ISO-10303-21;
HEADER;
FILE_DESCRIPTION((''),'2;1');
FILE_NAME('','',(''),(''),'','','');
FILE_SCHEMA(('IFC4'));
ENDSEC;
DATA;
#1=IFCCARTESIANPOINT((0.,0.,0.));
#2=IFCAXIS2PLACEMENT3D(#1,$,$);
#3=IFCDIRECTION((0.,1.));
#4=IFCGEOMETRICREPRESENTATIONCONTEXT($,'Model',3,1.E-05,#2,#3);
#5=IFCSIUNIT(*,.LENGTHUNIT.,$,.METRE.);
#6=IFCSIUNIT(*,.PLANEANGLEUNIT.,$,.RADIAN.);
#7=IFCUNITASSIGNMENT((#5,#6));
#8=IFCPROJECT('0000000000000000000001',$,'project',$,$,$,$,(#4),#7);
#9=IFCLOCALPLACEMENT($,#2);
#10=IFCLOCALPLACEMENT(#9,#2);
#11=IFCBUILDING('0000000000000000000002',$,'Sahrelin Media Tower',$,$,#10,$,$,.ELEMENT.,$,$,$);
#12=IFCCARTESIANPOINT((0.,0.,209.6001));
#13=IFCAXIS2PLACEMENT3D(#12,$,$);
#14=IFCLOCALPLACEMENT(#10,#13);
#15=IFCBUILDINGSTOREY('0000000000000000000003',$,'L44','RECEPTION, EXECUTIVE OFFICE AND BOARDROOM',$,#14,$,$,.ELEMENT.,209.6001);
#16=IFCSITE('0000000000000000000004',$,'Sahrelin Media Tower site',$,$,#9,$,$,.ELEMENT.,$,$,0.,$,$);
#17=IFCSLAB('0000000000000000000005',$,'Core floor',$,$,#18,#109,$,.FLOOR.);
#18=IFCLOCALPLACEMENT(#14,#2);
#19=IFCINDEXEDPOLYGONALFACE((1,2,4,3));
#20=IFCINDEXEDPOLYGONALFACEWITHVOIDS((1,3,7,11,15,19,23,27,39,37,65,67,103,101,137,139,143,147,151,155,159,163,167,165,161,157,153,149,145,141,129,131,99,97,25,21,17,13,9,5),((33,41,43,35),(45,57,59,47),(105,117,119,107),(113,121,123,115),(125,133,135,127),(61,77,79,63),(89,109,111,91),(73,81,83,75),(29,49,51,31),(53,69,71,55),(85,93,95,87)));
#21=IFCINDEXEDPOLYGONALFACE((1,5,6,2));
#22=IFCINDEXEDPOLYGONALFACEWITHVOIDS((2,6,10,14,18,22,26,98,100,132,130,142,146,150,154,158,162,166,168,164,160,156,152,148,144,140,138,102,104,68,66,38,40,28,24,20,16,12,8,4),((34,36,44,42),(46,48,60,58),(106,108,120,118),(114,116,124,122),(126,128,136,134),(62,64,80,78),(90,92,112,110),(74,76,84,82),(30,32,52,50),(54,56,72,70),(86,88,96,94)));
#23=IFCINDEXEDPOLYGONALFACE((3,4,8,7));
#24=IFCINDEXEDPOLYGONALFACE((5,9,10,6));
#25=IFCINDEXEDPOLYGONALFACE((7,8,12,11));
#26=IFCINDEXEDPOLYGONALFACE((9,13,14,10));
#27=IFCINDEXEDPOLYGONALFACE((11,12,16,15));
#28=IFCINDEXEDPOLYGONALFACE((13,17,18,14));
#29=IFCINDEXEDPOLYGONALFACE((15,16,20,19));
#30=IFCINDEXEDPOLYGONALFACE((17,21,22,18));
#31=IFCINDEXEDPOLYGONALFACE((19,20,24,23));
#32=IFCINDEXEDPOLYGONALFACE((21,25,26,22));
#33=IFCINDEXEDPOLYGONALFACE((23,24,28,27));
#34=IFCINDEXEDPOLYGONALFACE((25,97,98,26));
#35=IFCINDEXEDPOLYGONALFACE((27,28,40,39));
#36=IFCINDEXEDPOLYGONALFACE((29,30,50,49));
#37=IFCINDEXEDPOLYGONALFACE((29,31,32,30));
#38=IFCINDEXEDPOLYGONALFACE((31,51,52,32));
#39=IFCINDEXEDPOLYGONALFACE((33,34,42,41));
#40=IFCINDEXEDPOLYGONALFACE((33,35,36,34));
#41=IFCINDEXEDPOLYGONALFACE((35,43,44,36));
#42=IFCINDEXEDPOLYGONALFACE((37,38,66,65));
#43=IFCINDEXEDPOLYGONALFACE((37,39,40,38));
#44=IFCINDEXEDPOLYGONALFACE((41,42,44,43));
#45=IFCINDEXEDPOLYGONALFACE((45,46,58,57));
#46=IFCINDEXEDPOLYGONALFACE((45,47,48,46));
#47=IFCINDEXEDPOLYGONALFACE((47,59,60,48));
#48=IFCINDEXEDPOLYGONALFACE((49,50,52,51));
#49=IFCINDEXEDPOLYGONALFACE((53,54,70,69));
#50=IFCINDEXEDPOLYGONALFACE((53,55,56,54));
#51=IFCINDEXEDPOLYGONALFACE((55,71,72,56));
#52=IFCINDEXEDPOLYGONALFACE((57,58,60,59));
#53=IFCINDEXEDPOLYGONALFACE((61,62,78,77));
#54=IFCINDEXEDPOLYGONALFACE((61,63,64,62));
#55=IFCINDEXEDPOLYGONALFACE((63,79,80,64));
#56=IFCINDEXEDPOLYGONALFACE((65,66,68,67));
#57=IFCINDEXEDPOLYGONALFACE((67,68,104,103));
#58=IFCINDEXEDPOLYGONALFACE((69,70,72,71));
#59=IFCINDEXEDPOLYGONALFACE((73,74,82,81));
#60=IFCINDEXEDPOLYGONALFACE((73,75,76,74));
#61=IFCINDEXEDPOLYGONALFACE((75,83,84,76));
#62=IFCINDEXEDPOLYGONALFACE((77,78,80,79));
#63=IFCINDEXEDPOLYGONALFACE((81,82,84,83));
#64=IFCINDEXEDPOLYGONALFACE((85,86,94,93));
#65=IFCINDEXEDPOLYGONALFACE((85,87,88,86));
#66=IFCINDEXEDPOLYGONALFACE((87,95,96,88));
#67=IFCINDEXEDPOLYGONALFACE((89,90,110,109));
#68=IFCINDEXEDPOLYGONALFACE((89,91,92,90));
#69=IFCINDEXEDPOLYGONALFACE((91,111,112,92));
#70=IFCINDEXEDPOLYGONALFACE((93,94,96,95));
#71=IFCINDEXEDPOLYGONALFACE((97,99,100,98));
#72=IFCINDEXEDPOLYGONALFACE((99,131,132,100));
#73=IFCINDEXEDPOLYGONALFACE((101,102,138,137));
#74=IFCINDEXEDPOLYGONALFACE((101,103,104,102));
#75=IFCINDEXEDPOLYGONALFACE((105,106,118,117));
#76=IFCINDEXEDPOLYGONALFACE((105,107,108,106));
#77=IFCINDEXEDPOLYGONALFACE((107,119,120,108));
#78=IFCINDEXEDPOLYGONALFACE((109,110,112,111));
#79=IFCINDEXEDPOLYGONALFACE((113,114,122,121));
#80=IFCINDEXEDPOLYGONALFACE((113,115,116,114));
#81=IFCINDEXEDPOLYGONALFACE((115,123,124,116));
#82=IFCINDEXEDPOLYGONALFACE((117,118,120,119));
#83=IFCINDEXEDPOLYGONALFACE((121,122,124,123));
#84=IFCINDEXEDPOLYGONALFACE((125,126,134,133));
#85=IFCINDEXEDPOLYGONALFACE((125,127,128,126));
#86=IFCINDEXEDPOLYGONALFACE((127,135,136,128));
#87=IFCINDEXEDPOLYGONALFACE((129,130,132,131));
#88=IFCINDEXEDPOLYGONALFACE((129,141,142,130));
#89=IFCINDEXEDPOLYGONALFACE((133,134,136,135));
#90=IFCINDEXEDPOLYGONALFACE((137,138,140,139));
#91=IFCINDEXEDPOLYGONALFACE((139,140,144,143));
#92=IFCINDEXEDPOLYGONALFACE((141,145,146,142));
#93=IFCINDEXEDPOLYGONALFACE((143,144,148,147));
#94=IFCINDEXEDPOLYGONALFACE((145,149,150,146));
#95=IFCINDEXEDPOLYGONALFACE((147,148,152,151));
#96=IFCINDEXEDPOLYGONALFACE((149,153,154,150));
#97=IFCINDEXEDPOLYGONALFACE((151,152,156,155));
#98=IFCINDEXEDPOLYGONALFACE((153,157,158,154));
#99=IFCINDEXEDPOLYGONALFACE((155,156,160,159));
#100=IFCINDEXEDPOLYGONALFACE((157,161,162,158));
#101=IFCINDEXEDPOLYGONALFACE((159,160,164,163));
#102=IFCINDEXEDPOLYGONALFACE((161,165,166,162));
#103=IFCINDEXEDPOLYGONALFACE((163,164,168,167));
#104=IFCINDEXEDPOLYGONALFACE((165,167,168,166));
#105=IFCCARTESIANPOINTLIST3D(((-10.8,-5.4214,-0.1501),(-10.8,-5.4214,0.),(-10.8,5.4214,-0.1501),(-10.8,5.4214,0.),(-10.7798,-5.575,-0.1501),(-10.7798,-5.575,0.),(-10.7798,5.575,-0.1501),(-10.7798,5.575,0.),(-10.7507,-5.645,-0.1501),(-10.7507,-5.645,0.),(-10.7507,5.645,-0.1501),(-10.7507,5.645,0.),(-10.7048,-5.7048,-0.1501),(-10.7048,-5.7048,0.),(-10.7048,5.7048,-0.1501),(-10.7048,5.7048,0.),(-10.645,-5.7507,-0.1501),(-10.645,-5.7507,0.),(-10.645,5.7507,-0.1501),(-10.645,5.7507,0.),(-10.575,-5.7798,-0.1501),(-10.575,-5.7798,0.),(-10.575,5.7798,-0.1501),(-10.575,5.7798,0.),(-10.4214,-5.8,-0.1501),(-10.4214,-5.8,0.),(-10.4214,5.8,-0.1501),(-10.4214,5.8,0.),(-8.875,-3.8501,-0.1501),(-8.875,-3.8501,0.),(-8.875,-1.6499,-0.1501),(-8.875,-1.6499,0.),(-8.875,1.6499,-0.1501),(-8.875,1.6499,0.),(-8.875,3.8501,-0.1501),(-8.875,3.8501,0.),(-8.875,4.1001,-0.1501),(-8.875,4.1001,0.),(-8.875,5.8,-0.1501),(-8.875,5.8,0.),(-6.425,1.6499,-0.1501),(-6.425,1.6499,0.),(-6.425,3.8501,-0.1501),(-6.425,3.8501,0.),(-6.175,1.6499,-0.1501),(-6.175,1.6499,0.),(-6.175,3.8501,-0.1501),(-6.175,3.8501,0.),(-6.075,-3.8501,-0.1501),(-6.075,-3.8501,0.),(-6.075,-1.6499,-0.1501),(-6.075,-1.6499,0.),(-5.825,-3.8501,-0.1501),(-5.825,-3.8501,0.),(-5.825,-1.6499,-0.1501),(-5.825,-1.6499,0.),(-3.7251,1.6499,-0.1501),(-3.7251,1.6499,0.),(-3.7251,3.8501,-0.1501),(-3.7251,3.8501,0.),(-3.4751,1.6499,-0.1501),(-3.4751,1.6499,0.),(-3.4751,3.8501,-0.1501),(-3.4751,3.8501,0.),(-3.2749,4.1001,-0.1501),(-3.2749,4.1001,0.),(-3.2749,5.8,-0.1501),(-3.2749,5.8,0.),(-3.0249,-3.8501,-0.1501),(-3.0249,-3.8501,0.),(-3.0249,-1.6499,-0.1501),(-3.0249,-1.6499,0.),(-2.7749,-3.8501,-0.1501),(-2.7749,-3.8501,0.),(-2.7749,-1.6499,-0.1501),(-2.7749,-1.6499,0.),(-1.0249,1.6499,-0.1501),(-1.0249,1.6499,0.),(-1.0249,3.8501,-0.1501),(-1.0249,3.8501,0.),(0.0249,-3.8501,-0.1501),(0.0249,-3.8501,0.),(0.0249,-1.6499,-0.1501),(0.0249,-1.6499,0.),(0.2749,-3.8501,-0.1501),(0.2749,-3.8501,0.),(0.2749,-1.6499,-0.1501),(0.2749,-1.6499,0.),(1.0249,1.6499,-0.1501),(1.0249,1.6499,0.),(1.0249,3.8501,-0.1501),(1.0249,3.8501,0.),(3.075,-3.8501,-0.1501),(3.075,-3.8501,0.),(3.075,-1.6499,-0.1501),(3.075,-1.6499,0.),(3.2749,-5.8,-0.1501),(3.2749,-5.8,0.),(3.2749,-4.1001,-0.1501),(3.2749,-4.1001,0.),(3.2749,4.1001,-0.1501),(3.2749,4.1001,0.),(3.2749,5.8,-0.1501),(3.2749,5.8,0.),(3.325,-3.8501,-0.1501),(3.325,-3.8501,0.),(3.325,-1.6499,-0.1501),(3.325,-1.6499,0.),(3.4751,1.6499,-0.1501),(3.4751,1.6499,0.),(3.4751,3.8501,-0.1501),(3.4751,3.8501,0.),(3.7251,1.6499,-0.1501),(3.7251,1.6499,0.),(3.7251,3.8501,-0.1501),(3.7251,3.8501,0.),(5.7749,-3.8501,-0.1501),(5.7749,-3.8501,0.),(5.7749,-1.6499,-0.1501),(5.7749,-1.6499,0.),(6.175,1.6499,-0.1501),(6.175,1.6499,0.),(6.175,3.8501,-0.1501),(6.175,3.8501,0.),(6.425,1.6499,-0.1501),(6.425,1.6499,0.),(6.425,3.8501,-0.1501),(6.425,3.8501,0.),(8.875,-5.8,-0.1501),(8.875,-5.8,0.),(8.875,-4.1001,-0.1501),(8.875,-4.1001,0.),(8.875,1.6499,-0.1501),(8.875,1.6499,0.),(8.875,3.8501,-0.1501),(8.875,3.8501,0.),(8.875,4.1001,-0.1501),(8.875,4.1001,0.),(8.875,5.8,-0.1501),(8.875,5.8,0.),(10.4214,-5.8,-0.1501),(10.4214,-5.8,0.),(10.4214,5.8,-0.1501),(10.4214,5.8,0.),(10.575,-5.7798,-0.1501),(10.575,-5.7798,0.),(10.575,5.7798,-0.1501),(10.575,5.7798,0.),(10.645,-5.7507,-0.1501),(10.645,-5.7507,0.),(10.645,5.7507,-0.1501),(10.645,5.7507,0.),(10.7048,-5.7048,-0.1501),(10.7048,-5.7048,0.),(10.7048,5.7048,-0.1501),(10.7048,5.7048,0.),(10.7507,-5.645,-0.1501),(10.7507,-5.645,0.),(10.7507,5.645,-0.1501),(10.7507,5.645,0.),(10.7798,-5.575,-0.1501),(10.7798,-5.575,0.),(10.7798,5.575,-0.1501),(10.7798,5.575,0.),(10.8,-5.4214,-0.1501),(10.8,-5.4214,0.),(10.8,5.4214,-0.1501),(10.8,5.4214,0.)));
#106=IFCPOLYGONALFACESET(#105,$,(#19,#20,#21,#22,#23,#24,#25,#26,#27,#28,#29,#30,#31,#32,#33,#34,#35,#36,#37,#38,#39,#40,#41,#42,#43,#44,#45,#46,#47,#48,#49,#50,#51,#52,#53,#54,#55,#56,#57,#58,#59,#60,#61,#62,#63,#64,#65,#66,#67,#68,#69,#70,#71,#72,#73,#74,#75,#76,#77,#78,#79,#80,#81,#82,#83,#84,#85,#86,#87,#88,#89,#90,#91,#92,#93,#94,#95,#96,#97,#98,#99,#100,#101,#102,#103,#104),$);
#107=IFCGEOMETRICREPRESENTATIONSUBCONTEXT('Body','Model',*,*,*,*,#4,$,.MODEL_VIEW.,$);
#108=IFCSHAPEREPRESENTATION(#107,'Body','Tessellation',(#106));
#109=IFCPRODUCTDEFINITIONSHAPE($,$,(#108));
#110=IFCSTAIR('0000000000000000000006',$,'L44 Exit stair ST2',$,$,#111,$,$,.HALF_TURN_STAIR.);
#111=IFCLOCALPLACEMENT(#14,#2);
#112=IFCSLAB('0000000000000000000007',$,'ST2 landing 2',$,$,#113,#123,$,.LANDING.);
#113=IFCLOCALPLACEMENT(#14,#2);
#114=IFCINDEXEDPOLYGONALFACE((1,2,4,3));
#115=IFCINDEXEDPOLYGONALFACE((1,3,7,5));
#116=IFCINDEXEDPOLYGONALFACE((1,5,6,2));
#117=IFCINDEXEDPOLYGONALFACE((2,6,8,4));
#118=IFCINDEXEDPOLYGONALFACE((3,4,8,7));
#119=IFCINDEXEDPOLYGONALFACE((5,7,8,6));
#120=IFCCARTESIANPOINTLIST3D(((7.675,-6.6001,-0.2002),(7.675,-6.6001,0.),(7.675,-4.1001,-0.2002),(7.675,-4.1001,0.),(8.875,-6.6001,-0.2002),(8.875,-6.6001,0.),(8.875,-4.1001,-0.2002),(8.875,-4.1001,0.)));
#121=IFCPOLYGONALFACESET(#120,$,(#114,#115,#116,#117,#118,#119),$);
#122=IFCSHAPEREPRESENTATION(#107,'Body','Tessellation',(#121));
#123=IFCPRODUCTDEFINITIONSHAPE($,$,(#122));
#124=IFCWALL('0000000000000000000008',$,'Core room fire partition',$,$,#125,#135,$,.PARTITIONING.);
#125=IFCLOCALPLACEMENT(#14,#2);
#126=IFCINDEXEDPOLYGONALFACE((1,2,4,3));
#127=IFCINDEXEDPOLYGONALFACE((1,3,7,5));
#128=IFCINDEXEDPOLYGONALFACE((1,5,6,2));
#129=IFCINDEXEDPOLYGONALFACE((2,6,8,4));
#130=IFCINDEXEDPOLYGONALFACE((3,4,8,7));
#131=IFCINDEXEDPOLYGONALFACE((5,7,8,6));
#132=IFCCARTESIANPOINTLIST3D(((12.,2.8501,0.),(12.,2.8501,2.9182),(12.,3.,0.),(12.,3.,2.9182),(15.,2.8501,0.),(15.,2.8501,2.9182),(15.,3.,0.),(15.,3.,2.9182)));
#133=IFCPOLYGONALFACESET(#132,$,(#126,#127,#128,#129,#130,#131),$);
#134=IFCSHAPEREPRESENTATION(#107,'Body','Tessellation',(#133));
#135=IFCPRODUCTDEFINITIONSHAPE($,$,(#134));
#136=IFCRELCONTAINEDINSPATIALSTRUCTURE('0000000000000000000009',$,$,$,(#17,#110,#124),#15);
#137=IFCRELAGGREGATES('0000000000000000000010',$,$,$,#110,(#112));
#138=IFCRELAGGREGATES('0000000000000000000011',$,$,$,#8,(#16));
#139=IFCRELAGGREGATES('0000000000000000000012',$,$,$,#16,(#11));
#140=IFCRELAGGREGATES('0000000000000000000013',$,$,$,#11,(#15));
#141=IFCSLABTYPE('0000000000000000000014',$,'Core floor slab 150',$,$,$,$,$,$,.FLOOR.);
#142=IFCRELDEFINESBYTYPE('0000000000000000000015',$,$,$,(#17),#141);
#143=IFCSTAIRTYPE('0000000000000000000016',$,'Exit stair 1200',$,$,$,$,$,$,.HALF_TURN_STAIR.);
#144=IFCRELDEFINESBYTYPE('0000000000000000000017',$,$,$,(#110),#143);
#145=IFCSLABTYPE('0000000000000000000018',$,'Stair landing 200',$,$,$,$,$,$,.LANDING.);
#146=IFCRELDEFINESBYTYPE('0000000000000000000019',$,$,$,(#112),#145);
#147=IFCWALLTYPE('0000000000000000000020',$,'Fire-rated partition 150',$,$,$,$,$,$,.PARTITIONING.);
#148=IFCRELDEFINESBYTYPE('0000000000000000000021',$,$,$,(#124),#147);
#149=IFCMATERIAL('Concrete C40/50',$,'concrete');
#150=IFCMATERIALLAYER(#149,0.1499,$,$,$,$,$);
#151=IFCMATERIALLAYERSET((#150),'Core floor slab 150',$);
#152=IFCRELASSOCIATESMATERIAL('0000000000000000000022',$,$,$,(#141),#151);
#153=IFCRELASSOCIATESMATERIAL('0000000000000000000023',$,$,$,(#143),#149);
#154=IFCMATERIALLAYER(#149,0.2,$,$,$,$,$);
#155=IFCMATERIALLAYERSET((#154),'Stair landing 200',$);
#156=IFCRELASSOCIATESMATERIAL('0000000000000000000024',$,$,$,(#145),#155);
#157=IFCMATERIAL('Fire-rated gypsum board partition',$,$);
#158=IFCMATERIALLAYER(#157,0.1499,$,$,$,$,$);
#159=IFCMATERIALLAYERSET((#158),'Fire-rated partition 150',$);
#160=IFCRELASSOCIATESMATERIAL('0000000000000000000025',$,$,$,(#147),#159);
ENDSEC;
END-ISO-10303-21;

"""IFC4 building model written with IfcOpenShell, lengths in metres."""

from ifc_helpers import new_model, si_unit, direction, frame, frame_2d, origin, place, context, subcontext, project, spatial, polyline, rectangle, outline, extrude, material, layer, layer_set, type_object, element, aggregate, save


model = new_model("IFC4")

# Units and contexts
model_context = context("Model", 3, precision=1e-05, world=origin(), true_north=direction((0.0, 1.0)))
body_context = subcontext(model_context, "Body", "Model", "MODEL_VIEW")
ifc_project = project(units=[si_unit("LENGTHUNIT", "METRE"), si_unit("PLANEANGLEUNIT", "RADIAN")], contexts=[model_context])

# Site, building, storey
site_placement = place(None, origin())
site = spatial("IfcSite", under=ifc_project, at=site_placement, Name="Sahrelin Media Tower site", CompositionType="ELEMENT", RefElevation=0.0)
building_placement = place(site_placement, origin())
building = spatial("IfcBuilding", under=site, at=building_placement, Name="Sahrelin Media Tower", CompositionType="ELEMENT")
storey_placement = place(building_placement, frame((0.0, 0.0, 209.6001)))
storey = spatial("IfcBuildingStorey", under=building, at=storey_placement, Name="L44", Description="RECEPTION, EXECUTIVE OFFICE AND BOARDROOM", CompositionType="ELEMENT", Elevation=209.6001)

# Slab
ifc_material_1 = material(Name="Concrete C40/50", Category="concrete")
ifc_layer_1 = layer(ifc_material_1, 0.1499)
ifc_layer_set_1 = layer_set([ifc_layer_1], Name="Core floor slab 150")
slab_type_1 = type_object("IfcSlabType", Name="Core floor slab 150", PredefinedType="FLOOR", material=ifc_layer_set_1)
slab_1_placement = place(storey_placement, frame((0.0, 0.0, -0.1501)))
element("IfcSlab", 1, at=slab_1_placement, inside=storey, type_object=slab_type_1, Name="Core floor", PredefinedType="FLOOR", context=body_context, shape_type="SweptSolid", body=[
    extrude(outline(polyline([(-10.8, -5.4214), (-10.7798, -5.575), (-10.7507, -5.645), (-10.7048, -5.7048), (-10.645, -5.7507), (-10.575, -5.7798), (-10.4214, -5.8), (3.2749, -5.8), (3.2749, -4.1001), (8.875, -4.1001), (8.875, -5.8), (10.4214, -5.8), (10.575, -5.7798), (10.645, -5.7507), (10.7048, -5.7048), (10.7507, -5.645), (10.7798, -5.575), (10.8, -5.4214), (10.8, 5.4214), (10.7798, 5.575), (10.7507, 5.645), (10.7048, 5.7048), (10.645, 5.7507), (10.575, 5.7798), (10.4214, 5.8), (8.875, 5.8), (8.875, 4.1001), (3.2749, 4.1001), (3.2749, 5.8), (-3.2749, 5.8), (-3.2749, 4.1001), (-8.875, 4.1001), (-8.875, 5.8), (-10.4214, 5.8), (-10.575, 5.7798), (-10.645, 5.7507), (-10.7048, 5.7048), (-10.7507, 5.645), (-10.7798, 5.575), (-10.8, 5.4214), (-10.8, -5.4214)]), holes=[polyline([(-8.875, 3.8501), (-8.875, 1.6499), (-6.425, 1.6499), (-6.425, 3.8501), (-8.875, 3.8501)]), polyline([(-3.7251, 3.8501), (-6.175, 3.8501), (-6.175, 1.6499), (-3.7251, 1.6499), (-3.7251, 3.8501)]), polyline([(-1.0249, 1.6499), (-1.0249, 3.8501), (-3.4751, 3.8501), (-3.4751, 1.6499), (-1.0249, 1.6499)]), polyline([(1.0249, 1.6499), (3.4751, 1.6499), (3.4751, 3.8501), (1.0249, 3.8501), (1.0249, 1.6499)]), polyline([(3.7251, 3.8501), (3.7251, 1.6499), (6.175, 1.6499), (6.175, 3.8501), (3.7251, 3.8501)]), polyline([(8.875, 3.8501), (6.425, 3.8501), (6.425, 1.6499), (8.875, 1.6499), (8.875, 3.8501)]), polyline([(-6.075, -3.8501), (-6.075, -1.6499), (-8.875, -1.6499), (-8.875, -3.8501), (-6.075, -3.8501)]), polyline([(-5.825, -3.8501), (-3.0249, -3.8501), (-3.0249, -1.6499), (-5.825, -1.6499), (-5.825, -3.8501)]), polyline([(-2.7749, -1.6499), (-2.7749, -3.8501), (0.0249, -3.8501), (0.0249, -1.6499), (-2.7749, -1.6499)]), polyline([(3.075, -1.6499), (0.2749, -1.6499), (0.2749, -3.8501), (3.075, -3.8501), (3.075, -1.6499)]), polyline([(5.7749, -3.8501), (5.7749, -1.6499), (3.325, -1.6499), (3.325, -3.8501), (5.7749, -3.8501)])]), origin(), (0.0, 0.0, 1.0), 0.1501),
])

# Stair, slab
stair_type = type_object("IfcStairType", Name="Exit stair 1200", PredefinedType="HALF_TURN_STAIR", material=ifc_material_1)
stair_placement = place(storey_placement, origin())
stair = element("IfcStair", 2, at=stair_placement, inside=storey, type_object=stair_type, Name="L44 Exit stair ST2", PredefinedType="HALF_TURN_STAIR")
ifc_layer_2 = layer(ifc_material_1, 0.2)
ifc_layer_set_2 = layer_set([ifc_layer_2], Name="Stair landing 200")
slab_type_2 = type_object("IfcSlabType", Name="Stair landing 200", PredefinedType="LANDING", material=ifc_layer_set_2)
slab_2_placement = place(storey_placement, frame((0.0, 0.0, -0.2002)))
slab_2 = element("IfcSlab", 3, at=slab_2_placement, type_object=slab_type_2, Name="ST2 landing 2", PredefinedType="LANDING", context=body_context, shape_type="SweptSolid", body=[
    extrude(outline(polyline([(8.875, -4.1001), (7.675, -4.1001), (7.675, -6.6001), (8.875, -6.6001), (8.875, -4.1001)])), origin(), (0.0, 0.0, 1.0), 0.2002),
])
aggregate(stair, [slab_2])

# Wall
ifc_material_2 = material(Name="Fire-rated gypsum board partition")
ifc_layer_3 = layer(ifc_material_2, 0.1499)
ifc_layer_set_3 = layer_set([ifc_layer_3], Name="Fire-rated partition 150")
wall_type_1 = type_object("IfcWallType", Name="Fire-rated partition 150", PredefinedType="PARTITIONING", material=ifc_layer_set_3)
wall_1_placement = place(storey_placement, frame((12.0, 2.925, 0.0), z_axis=(0.0, 0.0, 1.0), x_axis=(1.0, 0.0, 0.0)))
element("IfcWall", 4, at=wall_1_placement, inside=storey, type_object=wall_type_1, Name="Core room fire partition", PredefinedType="PARTITIONING", context=body_context, shape_type="SweptSolid", body=[
    extrude(rectangle(XDim=3.0, YDim=0.1499, at=frame_2d((1.5, 0.0))), origin(), (0.0, 0.0, 1.0), 2.9182),
])

save(model, "model.ifc")
